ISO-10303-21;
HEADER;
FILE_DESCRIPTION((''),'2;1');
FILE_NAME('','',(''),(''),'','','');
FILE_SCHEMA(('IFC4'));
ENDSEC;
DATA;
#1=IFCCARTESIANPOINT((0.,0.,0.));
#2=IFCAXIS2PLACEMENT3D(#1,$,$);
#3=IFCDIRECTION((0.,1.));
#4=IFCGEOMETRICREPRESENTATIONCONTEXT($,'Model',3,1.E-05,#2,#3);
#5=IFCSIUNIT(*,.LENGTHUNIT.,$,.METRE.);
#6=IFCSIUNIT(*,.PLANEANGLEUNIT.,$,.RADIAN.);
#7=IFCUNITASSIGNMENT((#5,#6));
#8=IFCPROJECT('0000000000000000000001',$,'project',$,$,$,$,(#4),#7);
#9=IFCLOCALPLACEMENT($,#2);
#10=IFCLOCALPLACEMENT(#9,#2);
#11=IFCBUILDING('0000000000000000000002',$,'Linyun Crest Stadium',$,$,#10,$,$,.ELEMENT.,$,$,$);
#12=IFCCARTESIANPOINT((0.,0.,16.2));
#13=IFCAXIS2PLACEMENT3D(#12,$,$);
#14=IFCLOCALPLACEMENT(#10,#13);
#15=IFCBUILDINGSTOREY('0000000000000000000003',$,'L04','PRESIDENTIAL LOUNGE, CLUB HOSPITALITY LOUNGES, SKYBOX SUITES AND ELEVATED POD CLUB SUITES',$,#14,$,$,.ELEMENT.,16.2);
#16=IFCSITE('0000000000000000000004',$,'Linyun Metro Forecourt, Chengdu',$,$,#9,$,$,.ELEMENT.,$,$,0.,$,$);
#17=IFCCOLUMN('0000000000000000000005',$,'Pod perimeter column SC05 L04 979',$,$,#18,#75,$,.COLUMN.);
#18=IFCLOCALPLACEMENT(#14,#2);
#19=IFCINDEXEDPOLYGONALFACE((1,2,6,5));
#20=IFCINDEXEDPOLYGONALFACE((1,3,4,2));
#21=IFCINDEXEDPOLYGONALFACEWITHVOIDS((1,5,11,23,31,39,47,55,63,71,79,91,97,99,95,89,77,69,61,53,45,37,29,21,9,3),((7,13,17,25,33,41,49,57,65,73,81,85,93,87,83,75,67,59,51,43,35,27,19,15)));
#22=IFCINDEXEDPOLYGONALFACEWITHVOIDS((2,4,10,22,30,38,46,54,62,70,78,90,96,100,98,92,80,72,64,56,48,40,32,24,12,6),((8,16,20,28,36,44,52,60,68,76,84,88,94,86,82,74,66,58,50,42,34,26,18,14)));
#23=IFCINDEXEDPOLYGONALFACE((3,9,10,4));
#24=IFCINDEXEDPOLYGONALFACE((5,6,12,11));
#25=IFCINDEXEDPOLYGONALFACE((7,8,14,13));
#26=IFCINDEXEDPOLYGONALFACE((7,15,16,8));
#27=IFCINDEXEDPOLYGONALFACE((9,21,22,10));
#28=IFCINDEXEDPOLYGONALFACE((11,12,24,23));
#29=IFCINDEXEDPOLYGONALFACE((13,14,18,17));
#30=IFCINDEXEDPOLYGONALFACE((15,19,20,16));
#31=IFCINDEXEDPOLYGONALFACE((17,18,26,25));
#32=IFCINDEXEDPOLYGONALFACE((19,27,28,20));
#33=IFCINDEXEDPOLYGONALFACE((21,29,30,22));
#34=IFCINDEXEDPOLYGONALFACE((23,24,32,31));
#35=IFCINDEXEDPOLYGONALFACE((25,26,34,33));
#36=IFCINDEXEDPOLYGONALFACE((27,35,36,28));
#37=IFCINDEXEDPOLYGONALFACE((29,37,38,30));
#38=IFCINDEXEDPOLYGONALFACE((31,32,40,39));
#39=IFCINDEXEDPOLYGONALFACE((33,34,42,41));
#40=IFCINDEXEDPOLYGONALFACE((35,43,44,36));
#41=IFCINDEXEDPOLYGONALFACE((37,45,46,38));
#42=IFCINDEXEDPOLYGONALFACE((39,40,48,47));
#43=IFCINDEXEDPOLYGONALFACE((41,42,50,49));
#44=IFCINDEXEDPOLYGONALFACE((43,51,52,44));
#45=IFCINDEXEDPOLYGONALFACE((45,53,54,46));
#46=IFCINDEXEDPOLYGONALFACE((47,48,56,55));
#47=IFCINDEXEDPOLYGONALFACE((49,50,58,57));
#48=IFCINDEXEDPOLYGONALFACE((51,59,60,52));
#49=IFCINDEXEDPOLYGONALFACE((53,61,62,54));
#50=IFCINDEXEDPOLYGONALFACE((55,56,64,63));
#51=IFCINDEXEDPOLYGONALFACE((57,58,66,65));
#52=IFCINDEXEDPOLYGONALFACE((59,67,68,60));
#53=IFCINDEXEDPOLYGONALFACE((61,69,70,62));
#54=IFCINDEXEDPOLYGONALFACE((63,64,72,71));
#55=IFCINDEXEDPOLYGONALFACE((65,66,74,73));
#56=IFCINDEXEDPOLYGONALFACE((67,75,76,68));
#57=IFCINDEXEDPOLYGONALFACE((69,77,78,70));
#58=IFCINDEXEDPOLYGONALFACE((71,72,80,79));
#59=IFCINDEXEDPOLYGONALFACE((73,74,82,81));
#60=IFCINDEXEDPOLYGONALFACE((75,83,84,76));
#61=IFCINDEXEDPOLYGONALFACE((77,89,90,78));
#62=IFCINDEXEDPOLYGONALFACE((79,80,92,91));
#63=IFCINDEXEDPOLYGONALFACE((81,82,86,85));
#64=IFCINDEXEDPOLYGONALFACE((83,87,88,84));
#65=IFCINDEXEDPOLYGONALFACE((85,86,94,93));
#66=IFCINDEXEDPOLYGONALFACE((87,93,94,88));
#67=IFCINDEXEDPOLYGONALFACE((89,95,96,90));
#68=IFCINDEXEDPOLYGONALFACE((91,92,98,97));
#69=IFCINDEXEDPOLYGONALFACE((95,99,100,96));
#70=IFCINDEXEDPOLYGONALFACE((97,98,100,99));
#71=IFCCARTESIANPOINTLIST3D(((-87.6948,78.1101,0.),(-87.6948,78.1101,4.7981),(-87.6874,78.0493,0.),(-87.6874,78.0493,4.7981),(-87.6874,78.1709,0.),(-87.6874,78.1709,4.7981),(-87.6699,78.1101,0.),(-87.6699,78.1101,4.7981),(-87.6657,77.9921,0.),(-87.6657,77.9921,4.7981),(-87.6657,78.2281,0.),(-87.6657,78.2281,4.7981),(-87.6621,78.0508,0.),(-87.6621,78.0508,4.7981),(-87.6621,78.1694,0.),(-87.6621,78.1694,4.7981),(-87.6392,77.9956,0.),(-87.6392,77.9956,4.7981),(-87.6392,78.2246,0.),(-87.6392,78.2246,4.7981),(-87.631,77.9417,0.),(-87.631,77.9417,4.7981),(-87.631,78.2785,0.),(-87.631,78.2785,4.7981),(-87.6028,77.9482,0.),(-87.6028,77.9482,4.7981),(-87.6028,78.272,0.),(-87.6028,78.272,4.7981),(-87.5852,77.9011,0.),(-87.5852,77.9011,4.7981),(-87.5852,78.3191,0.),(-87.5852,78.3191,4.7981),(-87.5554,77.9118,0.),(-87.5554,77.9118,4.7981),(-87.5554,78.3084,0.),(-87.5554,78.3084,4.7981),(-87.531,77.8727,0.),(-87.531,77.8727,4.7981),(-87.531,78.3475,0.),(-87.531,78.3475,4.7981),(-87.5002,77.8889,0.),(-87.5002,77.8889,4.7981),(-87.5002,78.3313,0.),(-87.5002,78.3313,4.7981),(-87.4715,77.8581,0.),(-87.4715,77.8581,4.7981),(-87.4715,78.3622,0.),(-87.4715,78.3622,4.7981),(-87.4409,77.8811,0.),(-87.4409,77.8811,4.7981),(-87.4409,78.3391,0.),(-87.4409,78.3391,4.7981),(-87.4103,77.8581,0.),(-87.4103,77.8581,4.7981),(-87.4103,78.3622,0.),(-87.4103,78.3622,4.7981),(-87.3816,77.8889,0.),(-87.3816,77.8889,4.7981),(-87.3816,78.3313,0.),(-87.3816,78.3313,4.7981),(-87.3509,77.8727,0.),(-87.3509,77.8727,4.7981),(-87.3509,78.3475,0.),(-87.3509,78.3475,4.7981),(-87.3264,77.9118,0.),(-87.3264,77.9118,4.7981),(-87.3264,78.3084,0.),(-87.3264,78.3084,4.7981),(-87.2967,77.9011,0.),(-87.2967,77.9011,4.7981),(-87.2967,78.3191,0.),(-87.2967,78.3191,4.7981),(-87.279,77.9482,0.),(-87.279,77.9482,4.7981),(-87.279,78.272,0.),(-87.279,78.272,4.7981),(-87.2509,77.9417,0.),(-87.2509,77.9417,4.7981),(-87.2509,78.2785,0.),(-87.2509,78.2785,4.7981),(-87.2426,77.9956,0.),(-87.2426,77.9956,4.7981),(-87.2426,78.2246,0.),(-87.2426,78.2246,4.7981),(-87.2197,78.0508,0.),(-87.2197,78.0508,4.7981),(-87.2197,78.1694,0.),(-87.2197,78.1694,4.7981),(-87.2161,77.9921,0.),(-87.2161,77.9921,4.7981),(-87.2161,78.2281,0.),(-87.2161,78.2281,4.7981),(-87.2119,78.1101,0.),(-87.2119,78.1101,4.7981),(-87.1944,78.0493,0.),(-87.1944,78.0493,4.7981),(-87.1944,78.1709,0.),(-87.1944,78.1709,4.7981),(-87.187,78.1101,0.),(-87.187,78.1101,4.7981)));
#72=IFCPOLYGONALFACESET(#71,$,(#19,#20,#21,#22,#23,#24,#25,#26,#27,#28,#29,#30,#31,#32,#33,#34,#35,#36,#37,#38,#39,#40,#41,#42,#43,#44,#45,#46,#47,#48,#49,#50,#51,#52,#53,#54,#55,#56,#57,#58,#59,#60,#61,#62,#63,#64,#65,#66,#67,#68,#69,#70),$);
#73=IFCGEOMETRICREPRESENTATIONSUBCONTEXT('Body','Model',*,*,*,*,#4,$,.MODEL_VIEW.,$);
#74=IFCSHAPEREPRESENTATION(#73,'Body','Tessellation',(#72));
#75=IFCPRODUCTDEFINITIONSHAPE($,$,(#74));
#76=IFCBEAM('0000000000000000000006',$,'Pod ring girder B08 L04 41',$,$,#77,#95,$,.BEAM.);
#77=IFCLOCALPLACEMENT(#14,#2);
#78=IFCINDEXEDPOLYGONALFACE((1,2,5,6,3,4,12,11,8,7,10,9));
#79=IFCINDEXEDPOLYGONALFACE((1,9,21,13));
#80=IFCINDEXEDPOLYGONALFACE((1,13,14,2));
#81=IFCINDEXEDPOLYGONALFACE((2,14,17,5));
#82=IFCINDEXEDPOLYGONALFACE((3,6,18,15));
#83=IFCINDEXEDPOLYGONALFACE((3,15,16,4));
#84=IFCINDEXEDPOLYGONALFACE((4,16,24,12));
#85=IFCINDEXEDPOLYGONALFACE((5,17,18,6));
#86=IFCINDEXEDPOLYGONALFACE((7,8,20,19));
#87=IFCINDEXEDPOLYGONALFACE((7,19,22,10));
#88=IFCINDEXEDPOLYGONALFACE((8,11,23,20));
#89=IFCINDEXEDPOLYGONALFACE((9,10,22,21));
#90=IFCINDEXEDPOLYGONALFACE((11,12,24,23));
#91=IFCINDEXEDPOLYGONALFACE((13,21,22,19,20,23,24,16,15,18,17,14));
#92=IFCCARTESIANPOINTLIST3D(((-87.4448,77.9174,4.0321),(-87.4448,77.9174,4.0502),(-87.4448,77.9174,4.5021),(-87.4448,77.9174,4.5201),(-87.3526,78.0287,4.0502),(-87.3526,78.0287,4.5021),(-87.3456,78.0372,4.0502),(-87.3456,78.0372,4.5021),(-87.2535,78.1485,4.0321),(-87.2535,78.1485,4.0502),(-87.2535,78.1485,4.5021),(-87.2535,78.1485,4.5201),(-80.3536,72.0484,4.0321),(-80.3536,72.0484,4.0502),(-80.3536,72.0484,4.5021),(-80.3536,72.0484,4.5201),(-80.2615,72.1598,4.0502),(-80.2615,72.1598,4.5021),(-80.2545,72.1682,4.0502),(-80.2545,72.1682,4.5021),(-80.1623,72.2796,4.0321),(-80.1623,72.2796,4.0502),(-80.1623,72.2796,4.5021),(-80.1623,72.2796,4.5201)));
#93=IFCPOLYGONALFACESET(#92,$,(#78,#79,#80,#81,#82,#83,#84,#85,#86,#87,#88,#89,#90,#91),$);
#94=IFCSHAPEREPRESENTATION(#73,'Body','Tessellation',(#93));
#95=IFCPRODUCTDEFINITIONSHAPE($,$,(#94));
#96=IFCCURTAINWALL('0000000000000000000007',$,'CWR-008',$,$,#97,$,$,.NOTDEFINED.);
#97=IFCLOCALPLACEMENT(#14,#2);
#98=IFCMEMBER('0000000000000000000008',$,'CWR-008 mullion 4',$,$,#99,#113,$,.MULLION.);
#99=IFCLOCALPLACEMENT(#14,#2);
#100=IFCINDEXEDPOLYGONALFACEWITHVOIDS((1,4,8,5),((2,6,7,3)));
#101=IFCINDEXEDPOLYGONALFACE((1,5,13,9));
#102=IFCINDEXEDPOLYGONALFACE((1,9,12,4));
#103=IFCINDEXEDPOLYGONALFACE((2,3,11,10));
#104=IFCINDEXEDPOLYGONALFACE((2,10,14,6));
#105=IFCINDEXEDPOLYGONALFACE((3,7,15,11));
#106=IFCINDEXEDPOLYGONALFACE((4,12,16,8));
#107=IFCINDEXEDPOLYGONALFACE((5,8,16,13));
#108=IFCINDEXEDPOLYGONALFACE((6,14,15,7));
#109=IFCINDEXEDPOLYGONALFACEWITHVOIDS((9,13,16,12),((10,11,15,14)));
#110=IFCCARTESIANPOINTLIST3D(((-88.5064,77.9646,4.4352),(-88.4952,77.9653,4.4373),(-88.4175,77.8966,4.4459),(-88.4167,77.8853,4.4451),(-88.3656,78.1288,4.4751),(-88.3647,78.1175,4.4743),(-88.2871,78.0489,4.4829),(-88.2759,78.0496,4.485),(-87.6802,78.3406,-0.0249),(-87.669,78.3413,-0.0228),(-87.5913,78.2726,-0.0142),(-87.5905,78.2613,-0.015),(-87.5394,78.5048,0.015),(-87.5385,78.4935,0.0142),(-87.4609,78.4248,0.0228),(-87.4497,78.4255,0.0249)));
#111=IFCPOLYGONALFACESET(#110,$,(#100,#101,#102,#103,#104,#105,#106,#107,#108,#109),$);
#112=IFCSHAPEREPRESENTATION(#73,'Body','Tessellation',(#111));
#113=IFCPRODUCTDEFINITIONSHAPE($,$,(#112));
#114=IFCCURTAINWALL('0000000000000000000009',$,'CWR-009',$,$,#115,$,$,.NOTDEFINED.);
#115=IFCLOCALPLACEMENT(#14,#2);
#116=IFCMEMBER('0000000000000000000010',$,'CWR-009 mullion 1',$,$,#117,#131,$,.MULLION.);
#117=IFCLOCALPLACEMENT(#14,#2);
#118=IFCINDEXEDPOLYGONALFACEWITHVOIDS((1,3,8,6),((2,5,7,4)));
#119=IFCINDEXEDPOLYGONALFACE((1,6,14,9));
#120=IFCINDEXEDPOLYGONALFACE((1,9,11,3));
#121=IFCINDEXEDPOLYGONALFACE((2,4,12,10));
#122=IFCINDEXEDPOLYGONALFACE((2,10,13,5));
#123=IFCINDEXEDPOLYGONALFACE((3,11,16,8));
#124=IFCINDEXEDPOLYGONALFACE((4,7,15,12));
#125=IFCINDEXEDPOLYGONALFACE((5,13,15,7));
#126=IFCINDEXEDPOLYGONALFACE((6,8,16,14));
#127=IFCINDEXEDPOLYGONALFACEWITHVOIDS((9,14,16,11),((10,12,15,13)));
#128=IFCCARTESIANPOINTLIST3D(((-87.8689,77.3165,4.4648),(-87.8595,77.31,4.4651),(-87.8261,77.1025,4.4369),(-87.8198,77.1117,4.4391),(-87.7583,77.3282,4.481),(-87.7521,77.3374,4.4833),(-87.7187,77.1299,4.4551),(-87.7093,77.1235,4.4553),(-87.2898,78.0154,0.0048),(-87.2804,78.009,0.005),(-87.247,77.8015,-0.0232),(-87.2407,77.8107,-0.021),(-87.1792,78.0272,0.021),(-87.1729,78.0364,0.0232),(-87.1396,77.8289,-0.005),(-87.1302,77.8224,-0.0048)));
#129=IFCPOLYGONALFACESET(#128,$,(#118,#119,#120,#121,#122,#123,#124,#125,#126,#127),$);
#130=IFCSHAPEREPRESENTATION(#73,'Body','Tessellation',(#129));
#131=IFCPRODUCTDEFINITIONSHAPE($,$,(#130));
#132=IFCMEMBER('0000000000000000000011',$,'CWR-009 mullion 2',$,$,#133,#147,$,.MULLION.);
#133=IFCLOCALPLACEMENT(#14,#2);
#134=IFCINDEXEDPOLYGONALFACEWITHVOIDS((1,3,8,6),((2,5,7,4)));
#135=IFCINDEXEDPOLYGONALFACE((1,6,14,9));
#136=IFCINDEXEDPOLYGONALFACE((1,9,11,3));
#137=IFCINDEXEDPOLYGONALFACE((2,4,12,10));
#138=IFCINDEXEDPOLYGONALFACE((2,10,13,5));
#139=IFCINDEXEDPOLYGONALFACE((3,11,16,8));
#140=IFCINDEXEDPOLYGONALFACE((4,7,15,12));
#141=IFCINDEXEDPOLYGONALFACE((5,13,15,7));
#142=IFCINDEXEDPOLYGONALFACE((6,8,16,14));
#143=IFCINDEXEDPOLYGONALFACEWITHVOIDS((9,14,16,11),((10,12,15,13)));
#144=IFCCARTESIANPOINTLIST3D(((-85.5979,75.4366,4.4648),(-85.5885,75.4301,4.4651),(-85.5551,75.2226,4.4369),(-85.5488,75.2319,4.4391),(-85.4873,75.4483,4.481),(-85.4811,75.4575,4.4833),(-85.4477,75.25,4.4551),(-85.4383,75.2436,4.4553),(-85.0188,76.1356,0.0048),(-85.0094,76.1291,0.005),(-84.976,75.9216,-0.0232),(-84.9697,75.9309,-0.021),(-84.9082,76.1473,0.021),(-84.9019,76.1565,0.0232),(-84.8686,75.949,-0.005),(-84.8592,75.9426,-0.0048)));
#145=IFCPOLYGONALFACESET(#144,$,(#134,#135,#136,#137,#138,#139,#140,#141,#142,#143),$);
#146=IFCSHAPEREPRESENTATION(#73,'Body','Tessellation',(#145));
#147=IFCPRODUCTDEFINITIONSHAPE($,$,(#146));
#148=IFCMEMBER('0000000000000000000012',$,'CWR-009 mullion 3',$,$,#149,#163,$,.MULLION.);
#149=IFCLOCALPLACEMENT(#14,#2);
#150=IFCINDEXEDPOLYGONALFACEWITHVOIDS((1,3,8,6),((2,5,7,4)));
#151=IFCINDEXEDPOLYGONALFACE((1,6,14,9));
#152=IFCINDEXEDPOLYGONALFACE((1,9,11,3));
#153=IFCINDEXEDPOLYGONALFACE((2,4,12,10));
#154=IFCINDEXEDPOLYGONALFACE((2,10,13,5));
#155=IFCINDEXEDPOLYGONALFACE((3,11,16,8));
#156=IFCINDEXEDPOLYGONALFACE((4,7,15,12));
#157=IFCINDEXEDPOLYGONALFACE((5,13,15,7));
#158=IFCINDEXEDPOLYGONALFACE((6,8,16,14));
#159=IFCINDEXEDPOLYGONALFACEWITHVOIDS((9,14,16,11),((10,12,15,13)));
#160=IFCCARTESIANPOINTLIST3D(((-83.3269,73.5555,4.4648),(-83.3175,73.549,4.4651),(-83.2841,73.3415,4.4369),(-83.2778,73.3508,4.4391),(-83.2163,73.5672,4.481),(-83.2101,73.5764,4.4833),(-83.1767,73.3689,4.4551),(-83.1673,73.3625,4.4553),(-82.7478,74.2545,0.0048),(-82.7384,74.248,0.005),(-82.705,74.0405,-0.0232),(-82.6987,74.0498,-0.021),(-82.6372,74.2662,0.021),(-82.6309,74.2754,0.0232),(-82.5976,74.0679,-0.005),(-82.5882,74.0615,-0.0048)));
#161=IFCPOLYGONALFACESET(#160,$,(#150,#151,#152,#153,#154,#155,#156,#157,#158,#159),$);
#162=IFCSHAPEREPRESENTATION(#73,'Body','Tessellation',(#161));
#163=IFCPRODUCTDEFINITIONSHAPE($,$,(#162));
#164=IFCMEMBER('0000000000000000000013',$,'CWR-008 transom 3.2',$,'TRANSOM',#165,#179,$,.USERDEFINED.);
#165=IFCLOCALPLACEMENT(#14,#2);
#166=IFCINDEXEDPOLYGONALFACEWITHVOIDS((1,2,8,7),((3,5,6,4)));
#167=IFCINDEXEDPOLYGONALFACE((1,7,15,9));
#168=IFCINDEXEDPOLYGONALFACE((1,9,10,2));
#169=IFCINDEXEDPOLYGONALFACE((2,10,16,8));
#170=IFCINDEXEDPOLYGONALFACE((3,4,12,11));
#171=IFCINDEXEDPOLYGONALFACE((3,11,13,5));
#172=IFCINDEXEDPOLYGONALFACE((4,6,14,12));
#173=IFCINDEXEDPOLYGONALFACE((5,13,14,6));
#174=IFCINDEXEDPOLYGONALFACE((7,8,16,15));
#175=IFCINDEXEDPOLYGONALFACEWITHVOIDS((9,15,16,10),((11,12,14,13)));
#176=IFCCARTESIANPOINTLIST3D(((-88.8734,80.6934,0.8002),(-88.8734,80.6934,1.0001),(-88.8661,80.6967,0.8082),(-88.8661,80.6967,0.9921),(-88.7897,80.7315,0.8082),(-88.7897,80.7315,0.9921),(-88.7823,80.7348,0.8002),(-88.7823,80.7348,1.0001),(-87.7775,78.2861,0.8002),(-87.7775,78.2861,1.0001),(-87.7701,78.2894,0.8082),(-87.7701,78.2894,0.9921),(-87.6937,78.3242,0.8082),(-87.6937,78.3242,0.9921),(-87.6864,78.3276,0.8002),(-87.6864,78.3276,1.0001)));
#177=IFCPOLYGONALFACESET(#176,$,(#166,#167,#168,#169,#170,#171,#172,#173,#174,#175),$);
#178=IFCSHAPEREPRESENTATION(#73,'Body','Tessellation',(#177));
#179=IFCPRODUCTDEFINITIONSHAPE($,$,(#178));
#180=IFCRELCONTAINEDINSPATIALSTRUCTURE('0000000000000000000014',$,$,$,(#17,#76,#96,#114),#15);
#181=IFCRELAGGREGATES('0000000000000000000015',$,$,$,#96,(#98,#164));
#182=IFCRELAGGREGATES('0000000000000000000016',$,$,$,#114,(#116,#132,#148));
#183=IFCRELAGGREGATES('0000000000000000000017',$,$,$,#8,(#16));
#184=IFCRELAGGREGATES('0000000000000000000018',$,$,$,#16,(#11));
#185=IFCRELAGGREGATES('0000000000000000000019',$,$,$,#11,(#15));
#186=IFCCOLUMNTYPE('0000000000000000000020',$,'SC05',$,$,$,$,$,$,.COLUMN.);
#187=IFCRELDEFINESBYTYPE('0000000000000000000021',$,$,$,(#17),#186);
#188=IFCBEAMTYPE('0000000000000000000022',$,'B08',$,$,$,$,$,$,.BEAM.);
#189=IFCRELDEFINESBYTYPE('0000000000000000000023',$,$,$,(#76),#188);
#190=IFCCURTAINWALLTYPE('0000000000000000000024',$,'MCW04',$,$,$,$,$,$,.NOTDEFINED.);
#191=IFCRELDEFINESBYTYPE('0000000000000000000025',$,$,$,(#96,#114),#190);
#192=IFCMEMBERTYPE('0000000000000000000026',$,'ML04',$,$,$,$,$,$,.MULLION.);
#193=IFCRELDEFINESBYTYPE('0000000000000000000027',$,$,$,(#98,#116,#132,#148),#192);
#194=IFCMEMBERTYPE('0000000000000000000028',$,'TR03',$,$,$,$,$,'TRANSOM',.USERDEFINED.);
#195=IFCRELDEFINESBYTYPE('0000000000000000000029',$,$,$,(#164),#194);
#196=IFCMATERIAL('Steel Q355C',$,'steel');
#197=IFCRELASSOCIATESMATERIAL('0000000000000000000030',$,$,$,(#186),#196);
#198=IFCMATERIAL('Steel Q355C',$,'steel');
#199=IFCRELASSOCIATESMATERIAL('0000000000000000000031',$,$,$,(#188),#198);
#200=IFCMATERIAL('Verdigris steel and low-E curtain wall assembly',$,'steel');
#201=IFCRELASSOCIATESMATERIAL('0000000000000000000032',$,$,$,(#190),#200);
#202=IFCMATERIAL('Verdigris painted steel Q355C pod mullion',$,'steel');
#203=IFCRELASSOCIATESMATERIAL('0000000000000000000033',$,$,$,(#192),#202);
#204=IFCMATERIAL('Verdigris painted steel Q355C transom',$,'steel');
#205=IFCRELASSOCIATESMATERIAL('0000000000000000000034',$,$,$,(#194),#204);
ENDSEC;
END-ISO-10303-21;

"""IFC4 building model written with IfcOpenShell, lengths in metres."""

from ifc_helpers import new_model, si_unit, direction, frame, origin, origin_2d, place, context, subcontext, project, spatial, hollow_rectangle, hollow_circle, i_section, extrude, material, material_profile, profile_set, type_object, element, aggregate, save


model = new_model("IFC4")

# Units and contexts
model_context = context("Model", 3, precision=1e-05, world=origin(), true_north=direction((0.0, 1.0)))
body_context = subcontext(model_context, "Body", "Model", "MODEL_VIEW")
ifc_project = project(units=[si_unit("LENGTHUNIT", "METRE"), si_unit("PLANEANGLEUNIT", "RADIAN")], contexts=[model_context])

# Site, building, storey
site_placement = place(None, origin())
site = spatial("IfcSite", under=ifc_project, at=site_placement, Name="Linyun Metro Forecourt, Chengdu", CompositionType="ELEMENT", RefElevation=0.0)
building_placement = place(site_placement, origin())
building = spatial("IfcBuilding", under=site, at=building_placement, Name="Linyun Crest Stadium", CompositionType="ELEMENT")
storey_placement = place(building_placement, frame((0.0, 0.0, 16.2)))
storey = spatial("IfcBuildingStorey", under=building, at=storey_placement, Name="L04", Description="PRESIDENTIAL LOUNGE, CLUB HOSPITALITY LOUNGES, SKYBOX SUITES AND ELEVATED POD CLUB SUITES", CompositionType="ELEMENT", Elevation=16.2)

# Column
ifc_material_1 = material(Name="Steel Q355C", Category="steel")
ifc_material_profile_1 = material_profile(ifc_material_1, hollow_circle(Radius=0.2539, WallThickness=0.0249, at=origin_2d()), Name="CHS 508x25")
ifc_profile_set_1 = profile_set([ifc_material_profile_1], Name="Steel Q355C")
column_type = type_object("IfcColumnType", Name="SC05", PredefinedType="COLUMN", material=ifc_profile_set_1)
column_placement = place(storey_placement, frame((-87.4409, 78.1101, 0.0), z_axis=(0.0, 0.0, 1.0), x_axis=(1.0, 0.0, 0.0)))
element("IfcColumn", 1, at=column_placement, inside=storey, type_object=column_type, Name="Pod perimeter column SC05 L04 979", PredefinedType="COLUMN", context=body_context, shape_type="SweptSolid", body=[
    extrude(hollow_circle(Radius=0.2539, WallThickness=0.0249, at=origin_2d()), origin(), (0.0, 0.0, 1.0), 4.7981),
])

# Beam
ifc_material_2 = material(Name="Steel Q355C", Category="steel")
ifc_material_profile_2 = material_profile(ifc_material_2, i_section(OverallWidth=0.3, OverallDepth=0.488, WebThickness=0.011, FlangeThickness=0.0181, at=origin_2d()), Name="HM 488x300")
ifc_profile_set_2 = profile_set([ifc_material_profile_2], Name="Steel Q355C")
beam_type = type_object("IfcBeamType", Name="B08", PredefinedType="BEAM", material=ifc_profile_set_2)
beam_placement = place(storey_placement, frame((-87.3491, 78.033, 4.2761), z_axis=(0.770371, -0.637595, 0.0), x_axis=(0.637595, 0.770371, 0.0)))
element("IfcBeam", 2, at=beam_placement, inside=storey, type_object=beam_type, Name="Pod ring girder B08 L04 41", PredefinedType="BEAM", context=body_context, shape_type="SweptSolid", body=[
    extrude(i_section(OverallWidth=0.3, OverallDepth=0.488, WebThickness=0.011, FlangeThickness=0.0181, at=origin_2d()), origin(), (0.0, 0.0, 1.0), 9.2048),
])

# Curtain wall, member
ifc_material_3 = material(Name="Verdigris steel and low-E curtain wall assembly", Category="steel")
curtain_wall_type = type_object("IfcCurtainWallType", Name="MCW04", PredefinedType="NOTDEFINED", material=ifc_material_3)
curtain_wall_1_placement = place(storey_placement, origin())
curtain_wall_1 = element("IfcCurtainWall", 3, at=curtain_wall_1_placement, inside=storey, type_object=curtain_wall_type, Name="CWR-008", PredefinedType="NOTDEFINED")
ifc_material_4 = material(Name="Verdigris painted steel Q355C pod mullion", Category="steel")
ifc_material_profile_3 = material_profile(ifc_material_4, hollow_rectangle(XDim=0.1201, YDim=0.22, WallThickness=0.0081, at=origin_2d()), Name="RHS 220x120x8")
ifc_profile_set_3 = profile_set([ifc_material_profile_3], Name="Verdigris painted steel Q355C pod mullion")
member_type_1 = type_object("IfcMemberType", Name="ML04", PredefinedType="MULLION", material=ifc_profile_set_3)
member_1_placement = place(storey_placement, frame((-87.5649, 78.3831, 0.0), z_axis=(-0.181521, -0.082607, 0.979911), x_axis=(0.746666, -0.660042, 0.082672)))
member_1 = element("IfcMember", 4, at=member_1_placement, type_object=member_type_1, Name="CWR-008 mullion 4", PredefinedType="MULLION", context=body_context, shape_type="SweptSolid", body=[
    extrude(hollow_rectangle(XDim=0.1201, YDim=0.22, WallThickness=0.0081, at=origin_2d()), origin(), (0.0, 0.0, 1.0), 4.5515),
])

# Curtain wall, members
curtain_wall_2_placement = place(storey_placement, origin())
curtain_wall_2 = element("IfcCurtainWall", 5, at=curtain_wall_2_placement, inside=storey, type_object=curtain_wall_type, Name="CWR-009", PredefinedType="NOTDEFINED")
member_2_placement = place(storey_placement, frame((-87.21, 77.9189, 0.0), z_axis=(-0.127236, -0.153574, 0.979911), x_axis=(0.972616, 0.174406, 0.153622)))
member_2 = element("IfcMember", 6, at=member_2_placement, type_object=member_type_1, Name="CWR-009 mullion 1", PredefinedType="MULLION", context=body_context, shape_type="SweptSolid", body=[
    extrude(hollow_rectangle(XDim=0.1201, YDim=0.22, WallThickness=0.0081, at=origin_2d()), origin(), (0.0, 0.0, 1.0), 4.5515),
])
member_3_placement = place(storey_placement, frame((-84.939, 76.0391, 0.0), z_axis=(-0.127236, -0.153574, 0.979911), x_axis=(0.972616, 0.174406, 0.153622)))
member_3 = element("IfcMember", 7, at=member_3_placement, type_object=member_type_1, Name="CWR-009 mullion 2", PredefinedType="MULLION", context=body_context, shape_type="SweptSolid", body=[
    extrude(hollow_rectangle(XDim=0.1201, YDim=0.22, WallThickness=0.0081, at=origin_2d()), origin(), (0.0, 0.0, 1.0), 4.5515),
])
member_4_placement = place(storey_placement, frame((-82.668, 74.158, 0.0), z_axis=(-0.127236, -0.153574, 0.979911), x_axis=(0.972616, 0.174406, 0.153622)))
member_4 = element("IfcMember", 8, at=member_4_placement, type_object=member_type_1, Name="CWR-009 mullion 3", PredefinedType="MULLION", context=body_context, shape_type="SweptSolid", body=[
    extrude(hollow_rectangle(XDim=0.1201, YDim=0.22, WallThickness=0.0081, at=origin_2d()), origin(), (0.0, 0.0, 1.0), 4.5515),
])

# Member
ifc_material_5 = material(Name="Verdigris painted steel Q355C transom", Category="steel")
ifc_material_profile_4 = material_profile(ifc_material_5, hollow_rectangle(XDim=0.1001, YDim=0.2, WallThickness=0.0081, at=origin_2d()), Name="RHS 200x100x8")
ifc_profile_set_4 = profile_set([ifc_material_profile_4], Name="Verdigris painted steel Q355C transom")
member_type_2 = type_object("IfcMemberType", Name="TR03", ElementType="TRANSOM", PredefinedType="USERDEFINED", material=ifc_profile_set_4)
member_5_placement = place(storey_placement, frame((-88.8279, 80.7141, 0.9001), z_axis=(0.414352, -0.910117, 0.0), x_axis=(0.910117, 0.414352, 0.0)))
member_5 = element("IfcMember", 9, at=member_5_placement, type_object=member_type_2, Name="CWR-008 transom 3.2", ObjectType="TRANSOM", PredefinedType="USERDEFINED", context=body_context, shape_type="SweptSolid", body=[
    extrude(hollow_rectangle(XDim=0.1001, YDim=0.2, WallThickness=0.0081, at=origin_2d()), origin(), (0.0, 0.0, 1.0), 2.645),
])

aggregate(curtain_wall_1, [member_1, member_5])
aggregate(curtain_wall_2, [member_2, member_3, member_4])

save(model, "model.ifc")
